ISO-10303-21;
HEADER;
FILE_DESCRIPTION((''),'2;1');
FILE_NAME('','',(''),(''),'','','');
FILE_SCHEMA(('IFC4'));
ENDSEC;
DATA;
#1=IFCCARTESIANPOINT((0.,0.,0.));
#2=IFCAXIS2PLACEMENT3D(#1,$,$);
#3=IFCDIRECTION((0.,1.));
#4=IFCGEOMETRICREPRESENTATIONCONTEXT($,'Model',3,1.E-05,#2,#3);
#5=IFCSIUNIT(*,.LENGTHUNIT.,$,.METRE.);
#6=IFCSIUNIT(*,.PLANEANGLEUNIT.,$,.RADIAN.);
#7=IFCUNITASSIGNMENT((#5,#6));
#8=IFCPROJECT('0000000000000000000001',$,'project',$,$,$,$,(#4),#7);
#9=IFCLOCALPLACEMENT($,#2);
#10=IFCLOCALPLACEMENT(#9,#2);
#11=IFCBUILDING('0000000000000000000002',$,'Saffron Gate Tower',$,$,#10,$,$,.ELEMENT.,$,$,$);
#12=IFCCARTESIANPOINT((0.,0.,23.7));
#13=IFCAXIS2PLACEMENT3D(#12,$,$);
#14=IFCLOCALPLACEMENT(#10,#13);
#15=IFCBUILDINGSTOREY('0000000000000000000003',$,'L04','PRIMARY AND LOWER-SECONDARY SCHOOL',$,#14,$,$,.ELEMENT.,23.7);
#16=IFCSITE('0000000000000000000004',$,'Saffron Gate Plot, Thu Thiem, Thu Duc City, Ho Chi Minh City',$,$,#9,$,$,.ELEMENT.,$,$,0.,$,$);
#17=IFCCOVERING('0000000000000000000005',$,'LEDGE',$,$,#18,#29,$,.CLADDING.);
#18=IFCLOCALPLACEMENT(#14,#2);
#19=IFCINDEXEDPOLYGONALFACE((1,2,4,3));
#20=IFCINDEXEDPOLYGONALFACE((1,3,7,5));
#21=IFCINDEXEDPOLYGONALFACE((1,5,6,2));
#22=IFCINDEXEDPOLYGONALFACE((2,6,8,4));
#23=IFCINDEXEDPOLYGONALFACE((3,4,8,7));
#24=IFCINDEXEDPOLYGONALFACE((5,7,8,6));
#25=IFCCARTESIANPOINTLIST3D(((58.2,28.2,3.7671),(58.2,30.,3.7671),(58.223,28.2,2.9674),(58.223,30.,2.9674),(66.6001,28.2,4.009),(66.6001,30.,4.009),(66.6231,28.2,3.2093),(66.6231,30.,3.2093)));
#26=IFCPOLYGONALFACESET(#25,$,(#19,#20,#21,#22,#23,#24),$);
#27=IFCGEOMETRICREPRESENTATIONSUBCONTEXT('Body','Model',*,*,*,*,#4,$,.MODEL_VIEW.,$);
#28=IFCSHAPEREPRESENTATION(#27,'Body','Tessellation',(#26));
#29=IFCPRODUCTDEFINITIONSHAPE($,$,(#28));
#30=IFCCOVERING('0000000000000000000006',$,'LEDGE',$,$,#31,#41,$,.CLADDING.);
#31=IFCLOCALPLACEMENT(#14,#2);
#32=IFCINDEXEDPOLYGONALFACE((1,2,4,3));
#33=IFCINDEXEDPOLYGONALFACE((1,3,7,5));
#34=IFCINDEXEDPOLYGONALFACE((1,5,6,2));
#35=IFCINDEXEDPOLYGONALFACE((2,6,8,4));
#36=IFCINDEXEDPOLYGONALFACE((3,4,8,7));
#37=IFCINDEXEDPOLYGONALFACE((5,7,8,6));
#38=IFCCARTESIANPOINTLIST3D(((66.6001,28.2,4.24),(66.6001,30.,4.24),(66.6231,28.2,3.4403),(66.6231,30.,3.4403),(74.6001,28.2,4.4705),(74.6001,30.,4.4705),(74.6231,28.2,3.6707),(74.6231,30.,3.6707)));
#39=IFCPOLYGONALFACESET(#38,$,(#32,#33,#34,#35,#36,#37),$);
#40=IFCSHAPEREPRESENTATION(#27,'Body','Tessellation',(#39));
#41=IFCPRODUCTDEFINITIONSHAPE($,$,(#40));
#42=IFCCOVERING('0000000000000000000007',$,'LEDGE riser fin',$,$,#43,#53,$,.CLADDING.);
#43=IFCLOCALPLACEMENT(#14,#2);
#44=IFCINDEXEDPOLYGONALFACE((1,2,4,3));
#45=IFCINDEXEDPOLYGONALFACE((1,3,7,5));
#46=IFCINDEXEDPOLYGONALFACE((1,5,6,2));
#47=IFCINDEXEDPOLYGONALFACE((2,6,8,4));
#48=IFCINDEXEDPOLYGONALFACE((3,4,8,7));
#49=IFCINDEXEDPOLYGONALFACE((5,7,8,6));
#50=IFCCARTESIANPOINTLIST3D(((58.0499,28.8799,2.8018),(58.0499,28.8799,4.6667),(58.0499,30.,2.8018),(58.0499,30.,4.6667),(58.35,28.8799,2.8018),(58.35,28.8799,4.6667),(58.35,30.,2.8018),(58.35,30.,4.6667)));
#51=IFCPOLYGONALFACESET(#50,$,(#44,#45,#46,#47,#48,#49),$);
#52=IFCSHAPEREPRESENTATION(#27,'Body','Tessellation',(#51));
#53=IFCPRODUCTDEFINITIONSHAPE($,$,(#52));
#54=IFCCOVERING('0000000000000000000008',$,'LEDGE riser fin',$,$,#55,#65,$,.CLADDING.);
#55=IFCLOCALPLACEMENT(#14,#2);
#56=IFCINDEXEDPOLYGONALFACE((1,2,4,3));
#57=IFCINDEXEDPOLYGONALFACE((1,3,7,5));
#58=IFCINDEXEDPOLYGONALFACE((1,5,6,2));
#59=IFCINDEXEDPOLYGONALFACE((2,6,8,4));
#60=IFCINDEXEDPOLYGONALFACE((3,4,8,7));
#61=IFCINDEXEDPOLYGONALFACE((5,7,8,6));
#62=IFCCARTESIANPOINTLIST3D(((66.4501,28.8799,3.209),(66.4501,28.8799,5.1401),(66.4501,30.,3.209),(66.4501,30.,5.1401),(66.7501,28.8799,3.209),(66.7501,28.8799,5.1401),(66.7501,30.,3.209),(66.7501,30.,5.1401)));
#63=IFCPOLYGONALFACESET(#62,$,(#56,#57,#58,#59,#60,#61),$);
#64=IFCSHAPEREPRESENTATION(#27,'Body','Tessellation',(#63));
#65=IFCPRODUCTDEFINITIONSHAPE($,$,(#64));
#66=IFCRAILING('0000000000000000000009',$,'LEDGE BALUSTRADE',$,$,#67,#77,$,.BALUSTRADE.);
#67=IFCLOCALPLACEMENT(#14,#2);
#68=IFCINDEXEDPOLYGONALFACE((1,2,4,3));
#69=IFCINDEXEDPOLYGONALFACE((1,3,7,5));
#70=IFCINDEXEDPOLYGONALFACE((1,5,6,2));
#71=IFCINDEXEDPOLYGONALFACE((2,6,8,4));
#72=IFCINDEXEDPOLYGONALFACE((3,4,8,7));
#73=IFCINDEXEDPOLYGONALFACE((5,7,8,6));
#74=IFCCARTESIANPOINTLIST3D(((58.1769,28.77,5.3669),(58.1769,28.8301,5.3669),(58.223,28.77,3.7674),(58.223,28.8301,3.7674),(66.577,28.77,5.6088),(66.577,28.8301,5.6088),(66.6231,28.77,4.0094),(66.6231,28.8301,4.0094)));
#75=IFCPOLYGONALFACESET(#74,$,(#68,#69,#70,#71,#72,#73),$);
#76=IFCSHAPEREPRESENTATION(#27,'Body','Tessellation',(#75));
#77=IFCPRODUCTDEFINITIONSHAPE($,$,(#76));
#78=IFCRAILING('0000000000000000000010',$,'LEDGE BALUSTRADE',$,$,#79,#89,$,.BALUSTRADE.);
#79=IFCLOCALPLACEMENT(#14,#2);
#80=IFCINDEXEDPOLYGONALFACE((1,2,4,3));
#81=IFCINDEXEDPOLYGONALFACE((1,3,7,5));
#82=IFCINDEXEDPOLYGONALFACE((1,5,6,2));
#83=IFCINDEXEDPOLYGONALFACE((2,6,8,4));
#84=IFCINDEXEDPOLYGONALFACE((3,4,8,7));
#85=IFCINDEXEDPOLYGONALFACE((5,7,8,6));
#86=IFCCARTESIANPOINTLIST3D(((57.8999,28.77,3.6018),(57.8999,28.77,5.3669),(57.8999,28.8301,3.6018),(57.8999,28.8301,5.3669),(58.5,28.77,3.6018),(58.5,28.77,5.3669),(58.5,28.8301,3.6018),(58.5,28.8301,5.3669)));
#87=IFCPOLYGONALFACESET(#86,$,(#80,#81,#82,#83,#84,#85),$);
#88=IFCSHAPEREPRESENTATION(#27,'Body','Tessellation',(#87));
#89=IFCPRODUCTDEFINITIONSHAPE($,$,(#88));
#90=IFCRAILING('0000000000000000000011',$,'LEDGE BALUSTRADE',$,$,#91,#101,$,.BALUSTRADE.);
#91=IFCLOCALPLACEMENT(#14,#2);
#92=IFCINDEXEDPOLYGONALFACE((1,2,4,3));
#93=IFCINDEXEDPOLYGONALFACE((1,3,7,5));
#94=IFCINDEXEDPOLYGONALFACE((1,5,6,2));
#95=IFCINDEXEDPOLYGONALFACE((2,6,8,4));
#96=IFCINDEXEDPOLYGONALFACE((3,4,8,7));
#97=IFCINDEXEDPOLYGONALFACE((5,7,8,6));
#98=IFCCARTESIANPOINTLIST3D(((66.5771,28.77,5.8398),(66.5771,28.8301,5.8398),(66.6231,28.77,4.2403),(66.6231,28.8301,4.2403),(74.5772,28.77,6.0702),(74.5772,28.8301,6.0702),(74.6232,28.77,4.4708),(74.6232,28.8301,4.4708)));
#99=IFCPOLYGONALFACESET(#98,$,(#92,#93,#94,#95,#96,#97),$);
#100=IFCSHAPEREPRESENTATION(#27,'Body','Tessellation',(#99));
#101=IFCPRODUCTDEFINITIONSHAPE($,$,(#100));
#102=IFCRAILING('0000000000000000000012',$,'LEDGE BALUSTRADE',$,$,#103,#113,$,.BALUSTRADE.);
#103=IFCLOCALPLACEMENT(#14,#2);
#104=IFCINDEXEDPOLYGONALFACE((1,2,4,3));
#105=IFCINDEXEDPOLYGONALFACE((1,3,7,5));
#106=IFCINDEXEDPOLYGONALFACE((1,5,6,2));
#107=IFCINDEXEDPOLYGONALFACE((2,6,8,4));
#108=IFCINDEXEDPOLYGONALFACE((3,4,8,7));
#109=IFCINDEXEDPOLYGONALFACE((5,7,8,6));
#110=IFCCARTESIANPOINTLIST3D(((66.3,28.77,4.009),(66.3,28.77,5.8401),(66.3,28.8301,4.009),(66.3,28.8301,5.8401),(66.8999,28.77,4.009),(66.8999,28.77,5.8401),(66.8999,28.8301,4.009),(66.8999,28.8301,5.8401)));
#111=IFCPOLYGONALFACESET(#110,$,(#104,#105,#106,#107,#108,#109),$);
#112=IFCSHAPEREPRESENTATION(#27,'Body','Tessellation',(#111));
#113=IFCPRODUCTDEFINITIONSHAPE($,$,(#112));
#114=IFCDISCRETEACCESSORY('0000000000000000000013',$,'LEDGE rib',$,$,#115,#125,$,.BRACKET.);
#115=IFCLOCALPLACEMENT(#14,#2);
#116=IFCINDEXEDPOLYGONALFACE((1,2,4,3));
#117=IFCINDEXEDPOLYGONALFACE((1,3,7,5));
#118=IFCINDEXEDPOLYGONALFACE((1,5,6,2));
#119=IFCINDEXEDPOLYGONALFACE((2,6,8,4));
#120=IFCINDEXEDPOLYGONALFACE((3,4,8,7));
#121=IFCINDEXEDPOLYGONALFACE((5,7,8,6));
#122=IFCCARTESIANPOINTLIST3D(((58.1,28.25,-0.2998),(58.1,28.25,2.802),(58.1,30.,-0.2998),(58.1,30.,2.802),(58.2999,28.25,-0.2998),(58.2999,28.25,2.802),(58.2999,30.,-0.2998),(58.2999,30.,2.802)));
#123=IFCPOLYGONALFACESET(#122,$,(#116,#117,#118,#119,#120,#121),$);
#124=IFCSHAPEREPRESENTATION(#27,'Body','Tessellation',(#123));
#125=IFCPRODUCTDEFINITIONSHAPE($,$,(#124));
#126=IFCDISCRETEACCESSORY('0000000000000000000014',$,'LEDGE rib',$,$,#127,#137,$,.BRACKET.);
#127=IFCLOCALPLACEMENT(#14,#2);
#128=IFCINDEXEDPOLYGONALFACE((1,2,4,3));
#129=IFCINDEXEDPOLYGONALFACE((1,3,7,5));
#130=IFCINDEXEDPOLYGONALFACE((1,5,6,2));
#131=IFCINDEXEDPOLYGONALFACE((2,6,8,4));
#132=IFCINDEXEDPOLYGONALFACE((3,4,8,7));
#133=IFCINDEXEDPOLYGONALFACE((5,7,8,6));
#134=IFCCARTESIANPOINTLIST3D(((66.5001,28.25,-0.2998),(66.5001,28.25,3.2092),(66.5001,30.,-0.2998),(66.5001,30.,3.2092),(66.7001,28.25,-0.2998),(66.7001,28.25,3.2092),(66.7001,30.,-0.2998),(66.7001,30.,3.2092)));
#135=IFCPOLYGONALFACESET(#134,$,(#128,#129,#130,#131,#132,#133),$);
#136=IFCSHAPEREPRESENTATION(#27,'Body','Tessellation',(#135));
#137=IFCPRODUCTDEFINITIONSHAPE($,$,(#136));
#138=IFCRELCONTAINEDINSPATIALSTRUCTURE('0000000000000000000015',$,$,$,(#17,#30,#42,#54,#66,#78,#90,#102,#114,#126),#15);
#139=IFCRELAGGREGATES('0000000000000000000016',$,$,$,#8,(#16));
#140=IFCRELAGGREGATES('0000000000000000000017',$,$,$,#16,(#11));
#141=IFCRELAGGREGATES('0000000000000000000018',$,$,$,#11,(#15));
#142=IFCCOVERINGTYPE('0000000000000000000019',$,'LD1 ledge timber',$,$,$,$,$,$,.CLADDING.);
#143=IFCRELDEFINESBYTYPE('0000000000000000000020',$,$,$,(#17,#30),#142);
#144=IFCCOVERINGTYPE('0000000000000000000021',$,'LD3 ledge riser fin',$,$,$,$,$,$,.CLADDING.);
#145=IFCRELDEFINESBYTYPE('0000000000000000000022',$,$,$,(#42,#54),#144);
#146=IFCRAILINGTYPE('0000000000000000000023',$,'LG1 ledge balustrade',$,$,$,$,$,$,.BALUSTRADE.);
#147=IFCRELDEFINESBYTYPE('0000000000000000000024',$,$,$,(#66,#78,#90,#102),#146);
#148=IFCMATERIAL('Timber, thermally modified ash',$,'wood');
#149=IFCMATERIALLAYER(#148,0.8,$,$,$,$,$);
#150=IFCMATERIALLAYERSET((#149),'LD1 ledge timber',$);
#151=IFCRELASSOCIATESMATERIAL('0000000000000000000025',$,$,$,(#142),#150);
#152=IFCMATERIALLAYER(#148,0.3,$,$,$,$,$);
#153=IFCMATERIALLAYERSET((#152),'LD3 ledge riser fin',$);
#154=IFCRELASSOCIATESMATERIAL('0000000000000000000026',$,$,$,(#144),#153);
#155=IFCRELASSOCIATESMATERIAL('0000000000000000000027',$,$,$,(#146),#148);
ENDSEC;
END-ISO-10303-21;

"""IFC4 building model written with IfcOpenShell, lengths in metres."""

from ifc_helpers import new_model, si_unit, direction, frame, origin, origin_2d, place, context, subcontext, project, spatial, polyline, rectangle, outline, extrude, material, layer, layer_set, type_object, element, save


model = new_model("IFC4")

# Units and contexts
model_context = context("Model", 3, precision=1e-05, world=origin(), true_north=direction((0.0, 1.0)))
body_context = subcontext(model_context, "Body", "Model", "MODEL_VIEW")
ifc_project = project(units=[si_unit("LENGTHUNIT", "METRE"), si_unit("PLANEANGLEUNIT", "RADIAN")], contexts=[model_context])

# Site, building, storey
site_placement = place(None, origin())
site = spatial("IfcSite", under=ifc_project, at=site_placement, Name="Saffron Gate Plot, Thu Thiem, Thu Duc City, Ho Chi Minh City", CompositionType="ELEMENT", RefElevation=0.0)
building_placement = place(site_placement, origin())
building = spatial("IfcBuilding", under=site, at=building_placement, Name="Saffron Gate Tower", CompositionType="ELEMENT")
storey_placement = place(building_placement, frame((0.0, 0.0, 23.7)))
storey = spatial("IfcBuildingStorey", under=building, at=storey_placement, Name="L04", Description="PRIMARY AND LOWER-SECONDARY SCHOOL", CompositionType="ELEMENT", Elevation=23.7)

# Coverings
ifc_material_1 = material(Name="Timber, thermally modified ash", Category="wood")
ifc_layer_1 = layer(ifc_material_1, 0.8)
ifc_layer_set_1 = layer_set([ifc_layer_1], Name="LD1 ledge timber")
covering_type_1 = type_object("IfcCoveringType", Name="LD1 ledge timber", PredefinedType="CLADDING", material=ifc_layer_set_1)
covering_1_placement = place(storey_placement, frame((58.2, 30.0, 3.7671), z_axis=(-0.02879, 0.0, 0.999585), x_axis=(0.999585, 0.0, 0.02879)))
element("IfcCovering", 1, at=covering_1_placement, inside=storey, type_object=covering_type_1, Name="LEDGE", PredefinedType="CLADDING", context=body_context, shape_type="SweptSolid", body=[
    extrude(outline(polyline([(0.0, 0.0), (8.4036, 0.0), (8.4036, -1.8), (0.0, -1.8), (0.0, 0.0)])), origin(), (0.0, 0.0, -1.0), 0.8),
])
covering_2_placement = place(storey_placement, frame((66.6001, 30.0, 4.24), z_axis=(-0.028797, 0.0, 0.999585), x_axis=(0.999585, 0.0, 0.028797)))
element("IfcCovering", 2, at=covering_2_placement, inside=storey, type_object=covering_type_1, Name="LEDGE", PredefinedType="CLADDING", context=body_context, shape_type="SweptSolid", body=[
    extrude(outline(polyline([(0.0, 0.0), (8.0033, 0.0), (8.0033, -1.8), (0.0, -1.8), (0.0, 0.0)])), origin(), (0.0, 0.0, -1.0), 0.8),
])
ifc_layer_2 = layer(ifc_material_1, 0.3)
ifc_layer_set_2 = layer_set([ifc_layer_2], Name="LD3 ledge riser fin")
covering_type_2 = type_object("IfcCoveringType", Name="LD3 ledge riser fin", PredefinedType="CLADDING", material=ifc_layer_set_2)
covering_3_placement = place(storey_placement, frame((58.2, 29.4399, 2.8018), z_axis=(0.0, 0.0, 1.0), x_axis=(1.0, 0.0, 0.0)))
element("IfcCovering", 3, at=covering_3_placement, inside=storey, type_object=covering_type_2, Name="LEDGE riser fin", PredefinedType="CLADDING", context=body_context, shape_type="SweptSolid", body=[
    extrude(rectangle(XDim=0.3, YDim=1.1201, at=origin_2d()), origin(), (0.0, 0.0, 1.0), 1.865),
])
covering_4_placement = place(storey_placement, frame((66.6001, 29.4399, 3.209), z_axis=(0.0, 0.0, 1.0), x_axis=(1.0, 0.0, 0.0)))
element("IfcCovering", 4, at=covering_4_placement, inside=storey, type_object=covering_type_2, Name="LEDGE riser fin", PredefinedType="CLADDING", context=body_context, shape_type="SweptSolid", body=[
    extrude(rectangle(XDim=0.3, YDim=1.1201, at=origin_2d()), origin(), (0.0, 0.0, 1.0), 1.9312),
])

# Railings
railing_type = type_object("IfcRailingType", Name="LG1 ledge balustrade", PredefinedType="BALUSTRADE", material=ifc_material_1)
railing_1_placement = place(storey_placement, frame((58.2, 28.8, 3.7671)))
element("IfcRailing", 5, at=railing_1_placement, inside=storey, type_object=railing_type, Name="LEDGE BALUSTRADE", PredefinedType="BALUSTRADE", context=body_context, shape_type="SweptSolid", body=[
    extrude(rectangle(XDim=0.0601, YDim=1.6001, at=origin_2d()), frame((0.0, 0.0, 0.8), z_axis=(0.999585, 0.0, 0.02879), x_axis=(0.0, 1.0, 0.0)), (0.0, 0.0, 1.0), 8.4036),
])
railing_2_placement = place(storey_placement, frame((57.8999, 28.8, 3.6018)))
element("IfcRailing", 6, at=railing_2_placement, inside=storey, type_object=railing_type, Name="LEDGE BALUSTRADE", PredefinedType="BALUSTRADE", context=body_context, shape_type="SweptSolid", body=[
    extrude(rectangle(XDim=0.0601, YDim=1.7651, at=origin_2d()), frame((0.0, 0.0, 0.8826), z_axis=(1.0, 0.0, 0.0), x_axis=(0.0, 1.0, 0.0)), (0.0, 0.0, 1.0), 0.6001),
])
railing_3_placement = place(storey_placement, frame((66.6001, 28.8, 4.24)))
element("IfcRailing", 7, at=railing_3_placement, inside=storey, type_object=railing_type, Name="LEDGE BALUSTRADE", PredefinedType="BALUSTRADE", context=body_context, shape_type="SweptSolid", body=[
    extrude(rectangle(XDim=0.0601, YDim=1.6001, at=origin_2d()), frame((0.0, 0.0, 0.8), z_axis=(0.999585, 0.0, 0.028797), x_axis=(0.0, 1.0, 0.0)), (0.0, 0.0, 1.0), 8.0034),
])
railing_4_placement = place(storey_placement, frame((66.3, 28.8, 4.009)))
element("IfcRailing", 8, at=railing_4_placement, inside=storey, type_object=railing_type, Name="LEDGE BALUSTRADE", PredefinedType="BALUSTRADE", context=body_context, shape_type="SweptSolid", body=[
    extrude(rectangle(XDim=0.0601, YDim=1.8311, at=origin_2d()), frame((0.0, 0.0, 0.9155), z_axis=(1.0, 0.0, 0.0), x_axis=(0.0, 1.0, 0.0)), (0.0, 0.0, 1.0), 0.5999),
])

# Discrete accessories
discrete_accessory_1_placement = place(storey_placement, frame((58.2, 29.125, -0.2998), z_axis=(0.0, 0.0, 1.0), x_axis=(1.0, 0.0, 0.0)))
element("IfcDiscreteAccessory", 9, at=discrete_accessory_1_placement, inside=storey, Name="LEDGE rib", PredefinedType="BRACKET", context=body_context, shape_type="SweptSolid", body=[
    extrude(rectangle(XDim=0.2, YDim=1.75, at=origin_2d()), origin(), (0.0, 0.0, 1.0), 3.1018),
])
discrete_accessory_2_placement = place(storey_placement, frame((66.6001, 29.125, -0.2998), z_axis=(0.0, 0.0, 1.0), x_axis=(1.0, 0.0, 0.0)))
element("IfcDiscreteAccessory", 10, at=discrete_accessory_2_placement, inside=storey, Name="LEDGE rib", PredefinedType="BRACKET", context=body_context, shape_type="SweptSolid", body=[
    extrude(rectangle(XDim=0.2, YDim=1.75, at=origin_2d()), origin(), (0.0, 0.0, 1.0), 3.509),
])

save(model, "model.ifc")
